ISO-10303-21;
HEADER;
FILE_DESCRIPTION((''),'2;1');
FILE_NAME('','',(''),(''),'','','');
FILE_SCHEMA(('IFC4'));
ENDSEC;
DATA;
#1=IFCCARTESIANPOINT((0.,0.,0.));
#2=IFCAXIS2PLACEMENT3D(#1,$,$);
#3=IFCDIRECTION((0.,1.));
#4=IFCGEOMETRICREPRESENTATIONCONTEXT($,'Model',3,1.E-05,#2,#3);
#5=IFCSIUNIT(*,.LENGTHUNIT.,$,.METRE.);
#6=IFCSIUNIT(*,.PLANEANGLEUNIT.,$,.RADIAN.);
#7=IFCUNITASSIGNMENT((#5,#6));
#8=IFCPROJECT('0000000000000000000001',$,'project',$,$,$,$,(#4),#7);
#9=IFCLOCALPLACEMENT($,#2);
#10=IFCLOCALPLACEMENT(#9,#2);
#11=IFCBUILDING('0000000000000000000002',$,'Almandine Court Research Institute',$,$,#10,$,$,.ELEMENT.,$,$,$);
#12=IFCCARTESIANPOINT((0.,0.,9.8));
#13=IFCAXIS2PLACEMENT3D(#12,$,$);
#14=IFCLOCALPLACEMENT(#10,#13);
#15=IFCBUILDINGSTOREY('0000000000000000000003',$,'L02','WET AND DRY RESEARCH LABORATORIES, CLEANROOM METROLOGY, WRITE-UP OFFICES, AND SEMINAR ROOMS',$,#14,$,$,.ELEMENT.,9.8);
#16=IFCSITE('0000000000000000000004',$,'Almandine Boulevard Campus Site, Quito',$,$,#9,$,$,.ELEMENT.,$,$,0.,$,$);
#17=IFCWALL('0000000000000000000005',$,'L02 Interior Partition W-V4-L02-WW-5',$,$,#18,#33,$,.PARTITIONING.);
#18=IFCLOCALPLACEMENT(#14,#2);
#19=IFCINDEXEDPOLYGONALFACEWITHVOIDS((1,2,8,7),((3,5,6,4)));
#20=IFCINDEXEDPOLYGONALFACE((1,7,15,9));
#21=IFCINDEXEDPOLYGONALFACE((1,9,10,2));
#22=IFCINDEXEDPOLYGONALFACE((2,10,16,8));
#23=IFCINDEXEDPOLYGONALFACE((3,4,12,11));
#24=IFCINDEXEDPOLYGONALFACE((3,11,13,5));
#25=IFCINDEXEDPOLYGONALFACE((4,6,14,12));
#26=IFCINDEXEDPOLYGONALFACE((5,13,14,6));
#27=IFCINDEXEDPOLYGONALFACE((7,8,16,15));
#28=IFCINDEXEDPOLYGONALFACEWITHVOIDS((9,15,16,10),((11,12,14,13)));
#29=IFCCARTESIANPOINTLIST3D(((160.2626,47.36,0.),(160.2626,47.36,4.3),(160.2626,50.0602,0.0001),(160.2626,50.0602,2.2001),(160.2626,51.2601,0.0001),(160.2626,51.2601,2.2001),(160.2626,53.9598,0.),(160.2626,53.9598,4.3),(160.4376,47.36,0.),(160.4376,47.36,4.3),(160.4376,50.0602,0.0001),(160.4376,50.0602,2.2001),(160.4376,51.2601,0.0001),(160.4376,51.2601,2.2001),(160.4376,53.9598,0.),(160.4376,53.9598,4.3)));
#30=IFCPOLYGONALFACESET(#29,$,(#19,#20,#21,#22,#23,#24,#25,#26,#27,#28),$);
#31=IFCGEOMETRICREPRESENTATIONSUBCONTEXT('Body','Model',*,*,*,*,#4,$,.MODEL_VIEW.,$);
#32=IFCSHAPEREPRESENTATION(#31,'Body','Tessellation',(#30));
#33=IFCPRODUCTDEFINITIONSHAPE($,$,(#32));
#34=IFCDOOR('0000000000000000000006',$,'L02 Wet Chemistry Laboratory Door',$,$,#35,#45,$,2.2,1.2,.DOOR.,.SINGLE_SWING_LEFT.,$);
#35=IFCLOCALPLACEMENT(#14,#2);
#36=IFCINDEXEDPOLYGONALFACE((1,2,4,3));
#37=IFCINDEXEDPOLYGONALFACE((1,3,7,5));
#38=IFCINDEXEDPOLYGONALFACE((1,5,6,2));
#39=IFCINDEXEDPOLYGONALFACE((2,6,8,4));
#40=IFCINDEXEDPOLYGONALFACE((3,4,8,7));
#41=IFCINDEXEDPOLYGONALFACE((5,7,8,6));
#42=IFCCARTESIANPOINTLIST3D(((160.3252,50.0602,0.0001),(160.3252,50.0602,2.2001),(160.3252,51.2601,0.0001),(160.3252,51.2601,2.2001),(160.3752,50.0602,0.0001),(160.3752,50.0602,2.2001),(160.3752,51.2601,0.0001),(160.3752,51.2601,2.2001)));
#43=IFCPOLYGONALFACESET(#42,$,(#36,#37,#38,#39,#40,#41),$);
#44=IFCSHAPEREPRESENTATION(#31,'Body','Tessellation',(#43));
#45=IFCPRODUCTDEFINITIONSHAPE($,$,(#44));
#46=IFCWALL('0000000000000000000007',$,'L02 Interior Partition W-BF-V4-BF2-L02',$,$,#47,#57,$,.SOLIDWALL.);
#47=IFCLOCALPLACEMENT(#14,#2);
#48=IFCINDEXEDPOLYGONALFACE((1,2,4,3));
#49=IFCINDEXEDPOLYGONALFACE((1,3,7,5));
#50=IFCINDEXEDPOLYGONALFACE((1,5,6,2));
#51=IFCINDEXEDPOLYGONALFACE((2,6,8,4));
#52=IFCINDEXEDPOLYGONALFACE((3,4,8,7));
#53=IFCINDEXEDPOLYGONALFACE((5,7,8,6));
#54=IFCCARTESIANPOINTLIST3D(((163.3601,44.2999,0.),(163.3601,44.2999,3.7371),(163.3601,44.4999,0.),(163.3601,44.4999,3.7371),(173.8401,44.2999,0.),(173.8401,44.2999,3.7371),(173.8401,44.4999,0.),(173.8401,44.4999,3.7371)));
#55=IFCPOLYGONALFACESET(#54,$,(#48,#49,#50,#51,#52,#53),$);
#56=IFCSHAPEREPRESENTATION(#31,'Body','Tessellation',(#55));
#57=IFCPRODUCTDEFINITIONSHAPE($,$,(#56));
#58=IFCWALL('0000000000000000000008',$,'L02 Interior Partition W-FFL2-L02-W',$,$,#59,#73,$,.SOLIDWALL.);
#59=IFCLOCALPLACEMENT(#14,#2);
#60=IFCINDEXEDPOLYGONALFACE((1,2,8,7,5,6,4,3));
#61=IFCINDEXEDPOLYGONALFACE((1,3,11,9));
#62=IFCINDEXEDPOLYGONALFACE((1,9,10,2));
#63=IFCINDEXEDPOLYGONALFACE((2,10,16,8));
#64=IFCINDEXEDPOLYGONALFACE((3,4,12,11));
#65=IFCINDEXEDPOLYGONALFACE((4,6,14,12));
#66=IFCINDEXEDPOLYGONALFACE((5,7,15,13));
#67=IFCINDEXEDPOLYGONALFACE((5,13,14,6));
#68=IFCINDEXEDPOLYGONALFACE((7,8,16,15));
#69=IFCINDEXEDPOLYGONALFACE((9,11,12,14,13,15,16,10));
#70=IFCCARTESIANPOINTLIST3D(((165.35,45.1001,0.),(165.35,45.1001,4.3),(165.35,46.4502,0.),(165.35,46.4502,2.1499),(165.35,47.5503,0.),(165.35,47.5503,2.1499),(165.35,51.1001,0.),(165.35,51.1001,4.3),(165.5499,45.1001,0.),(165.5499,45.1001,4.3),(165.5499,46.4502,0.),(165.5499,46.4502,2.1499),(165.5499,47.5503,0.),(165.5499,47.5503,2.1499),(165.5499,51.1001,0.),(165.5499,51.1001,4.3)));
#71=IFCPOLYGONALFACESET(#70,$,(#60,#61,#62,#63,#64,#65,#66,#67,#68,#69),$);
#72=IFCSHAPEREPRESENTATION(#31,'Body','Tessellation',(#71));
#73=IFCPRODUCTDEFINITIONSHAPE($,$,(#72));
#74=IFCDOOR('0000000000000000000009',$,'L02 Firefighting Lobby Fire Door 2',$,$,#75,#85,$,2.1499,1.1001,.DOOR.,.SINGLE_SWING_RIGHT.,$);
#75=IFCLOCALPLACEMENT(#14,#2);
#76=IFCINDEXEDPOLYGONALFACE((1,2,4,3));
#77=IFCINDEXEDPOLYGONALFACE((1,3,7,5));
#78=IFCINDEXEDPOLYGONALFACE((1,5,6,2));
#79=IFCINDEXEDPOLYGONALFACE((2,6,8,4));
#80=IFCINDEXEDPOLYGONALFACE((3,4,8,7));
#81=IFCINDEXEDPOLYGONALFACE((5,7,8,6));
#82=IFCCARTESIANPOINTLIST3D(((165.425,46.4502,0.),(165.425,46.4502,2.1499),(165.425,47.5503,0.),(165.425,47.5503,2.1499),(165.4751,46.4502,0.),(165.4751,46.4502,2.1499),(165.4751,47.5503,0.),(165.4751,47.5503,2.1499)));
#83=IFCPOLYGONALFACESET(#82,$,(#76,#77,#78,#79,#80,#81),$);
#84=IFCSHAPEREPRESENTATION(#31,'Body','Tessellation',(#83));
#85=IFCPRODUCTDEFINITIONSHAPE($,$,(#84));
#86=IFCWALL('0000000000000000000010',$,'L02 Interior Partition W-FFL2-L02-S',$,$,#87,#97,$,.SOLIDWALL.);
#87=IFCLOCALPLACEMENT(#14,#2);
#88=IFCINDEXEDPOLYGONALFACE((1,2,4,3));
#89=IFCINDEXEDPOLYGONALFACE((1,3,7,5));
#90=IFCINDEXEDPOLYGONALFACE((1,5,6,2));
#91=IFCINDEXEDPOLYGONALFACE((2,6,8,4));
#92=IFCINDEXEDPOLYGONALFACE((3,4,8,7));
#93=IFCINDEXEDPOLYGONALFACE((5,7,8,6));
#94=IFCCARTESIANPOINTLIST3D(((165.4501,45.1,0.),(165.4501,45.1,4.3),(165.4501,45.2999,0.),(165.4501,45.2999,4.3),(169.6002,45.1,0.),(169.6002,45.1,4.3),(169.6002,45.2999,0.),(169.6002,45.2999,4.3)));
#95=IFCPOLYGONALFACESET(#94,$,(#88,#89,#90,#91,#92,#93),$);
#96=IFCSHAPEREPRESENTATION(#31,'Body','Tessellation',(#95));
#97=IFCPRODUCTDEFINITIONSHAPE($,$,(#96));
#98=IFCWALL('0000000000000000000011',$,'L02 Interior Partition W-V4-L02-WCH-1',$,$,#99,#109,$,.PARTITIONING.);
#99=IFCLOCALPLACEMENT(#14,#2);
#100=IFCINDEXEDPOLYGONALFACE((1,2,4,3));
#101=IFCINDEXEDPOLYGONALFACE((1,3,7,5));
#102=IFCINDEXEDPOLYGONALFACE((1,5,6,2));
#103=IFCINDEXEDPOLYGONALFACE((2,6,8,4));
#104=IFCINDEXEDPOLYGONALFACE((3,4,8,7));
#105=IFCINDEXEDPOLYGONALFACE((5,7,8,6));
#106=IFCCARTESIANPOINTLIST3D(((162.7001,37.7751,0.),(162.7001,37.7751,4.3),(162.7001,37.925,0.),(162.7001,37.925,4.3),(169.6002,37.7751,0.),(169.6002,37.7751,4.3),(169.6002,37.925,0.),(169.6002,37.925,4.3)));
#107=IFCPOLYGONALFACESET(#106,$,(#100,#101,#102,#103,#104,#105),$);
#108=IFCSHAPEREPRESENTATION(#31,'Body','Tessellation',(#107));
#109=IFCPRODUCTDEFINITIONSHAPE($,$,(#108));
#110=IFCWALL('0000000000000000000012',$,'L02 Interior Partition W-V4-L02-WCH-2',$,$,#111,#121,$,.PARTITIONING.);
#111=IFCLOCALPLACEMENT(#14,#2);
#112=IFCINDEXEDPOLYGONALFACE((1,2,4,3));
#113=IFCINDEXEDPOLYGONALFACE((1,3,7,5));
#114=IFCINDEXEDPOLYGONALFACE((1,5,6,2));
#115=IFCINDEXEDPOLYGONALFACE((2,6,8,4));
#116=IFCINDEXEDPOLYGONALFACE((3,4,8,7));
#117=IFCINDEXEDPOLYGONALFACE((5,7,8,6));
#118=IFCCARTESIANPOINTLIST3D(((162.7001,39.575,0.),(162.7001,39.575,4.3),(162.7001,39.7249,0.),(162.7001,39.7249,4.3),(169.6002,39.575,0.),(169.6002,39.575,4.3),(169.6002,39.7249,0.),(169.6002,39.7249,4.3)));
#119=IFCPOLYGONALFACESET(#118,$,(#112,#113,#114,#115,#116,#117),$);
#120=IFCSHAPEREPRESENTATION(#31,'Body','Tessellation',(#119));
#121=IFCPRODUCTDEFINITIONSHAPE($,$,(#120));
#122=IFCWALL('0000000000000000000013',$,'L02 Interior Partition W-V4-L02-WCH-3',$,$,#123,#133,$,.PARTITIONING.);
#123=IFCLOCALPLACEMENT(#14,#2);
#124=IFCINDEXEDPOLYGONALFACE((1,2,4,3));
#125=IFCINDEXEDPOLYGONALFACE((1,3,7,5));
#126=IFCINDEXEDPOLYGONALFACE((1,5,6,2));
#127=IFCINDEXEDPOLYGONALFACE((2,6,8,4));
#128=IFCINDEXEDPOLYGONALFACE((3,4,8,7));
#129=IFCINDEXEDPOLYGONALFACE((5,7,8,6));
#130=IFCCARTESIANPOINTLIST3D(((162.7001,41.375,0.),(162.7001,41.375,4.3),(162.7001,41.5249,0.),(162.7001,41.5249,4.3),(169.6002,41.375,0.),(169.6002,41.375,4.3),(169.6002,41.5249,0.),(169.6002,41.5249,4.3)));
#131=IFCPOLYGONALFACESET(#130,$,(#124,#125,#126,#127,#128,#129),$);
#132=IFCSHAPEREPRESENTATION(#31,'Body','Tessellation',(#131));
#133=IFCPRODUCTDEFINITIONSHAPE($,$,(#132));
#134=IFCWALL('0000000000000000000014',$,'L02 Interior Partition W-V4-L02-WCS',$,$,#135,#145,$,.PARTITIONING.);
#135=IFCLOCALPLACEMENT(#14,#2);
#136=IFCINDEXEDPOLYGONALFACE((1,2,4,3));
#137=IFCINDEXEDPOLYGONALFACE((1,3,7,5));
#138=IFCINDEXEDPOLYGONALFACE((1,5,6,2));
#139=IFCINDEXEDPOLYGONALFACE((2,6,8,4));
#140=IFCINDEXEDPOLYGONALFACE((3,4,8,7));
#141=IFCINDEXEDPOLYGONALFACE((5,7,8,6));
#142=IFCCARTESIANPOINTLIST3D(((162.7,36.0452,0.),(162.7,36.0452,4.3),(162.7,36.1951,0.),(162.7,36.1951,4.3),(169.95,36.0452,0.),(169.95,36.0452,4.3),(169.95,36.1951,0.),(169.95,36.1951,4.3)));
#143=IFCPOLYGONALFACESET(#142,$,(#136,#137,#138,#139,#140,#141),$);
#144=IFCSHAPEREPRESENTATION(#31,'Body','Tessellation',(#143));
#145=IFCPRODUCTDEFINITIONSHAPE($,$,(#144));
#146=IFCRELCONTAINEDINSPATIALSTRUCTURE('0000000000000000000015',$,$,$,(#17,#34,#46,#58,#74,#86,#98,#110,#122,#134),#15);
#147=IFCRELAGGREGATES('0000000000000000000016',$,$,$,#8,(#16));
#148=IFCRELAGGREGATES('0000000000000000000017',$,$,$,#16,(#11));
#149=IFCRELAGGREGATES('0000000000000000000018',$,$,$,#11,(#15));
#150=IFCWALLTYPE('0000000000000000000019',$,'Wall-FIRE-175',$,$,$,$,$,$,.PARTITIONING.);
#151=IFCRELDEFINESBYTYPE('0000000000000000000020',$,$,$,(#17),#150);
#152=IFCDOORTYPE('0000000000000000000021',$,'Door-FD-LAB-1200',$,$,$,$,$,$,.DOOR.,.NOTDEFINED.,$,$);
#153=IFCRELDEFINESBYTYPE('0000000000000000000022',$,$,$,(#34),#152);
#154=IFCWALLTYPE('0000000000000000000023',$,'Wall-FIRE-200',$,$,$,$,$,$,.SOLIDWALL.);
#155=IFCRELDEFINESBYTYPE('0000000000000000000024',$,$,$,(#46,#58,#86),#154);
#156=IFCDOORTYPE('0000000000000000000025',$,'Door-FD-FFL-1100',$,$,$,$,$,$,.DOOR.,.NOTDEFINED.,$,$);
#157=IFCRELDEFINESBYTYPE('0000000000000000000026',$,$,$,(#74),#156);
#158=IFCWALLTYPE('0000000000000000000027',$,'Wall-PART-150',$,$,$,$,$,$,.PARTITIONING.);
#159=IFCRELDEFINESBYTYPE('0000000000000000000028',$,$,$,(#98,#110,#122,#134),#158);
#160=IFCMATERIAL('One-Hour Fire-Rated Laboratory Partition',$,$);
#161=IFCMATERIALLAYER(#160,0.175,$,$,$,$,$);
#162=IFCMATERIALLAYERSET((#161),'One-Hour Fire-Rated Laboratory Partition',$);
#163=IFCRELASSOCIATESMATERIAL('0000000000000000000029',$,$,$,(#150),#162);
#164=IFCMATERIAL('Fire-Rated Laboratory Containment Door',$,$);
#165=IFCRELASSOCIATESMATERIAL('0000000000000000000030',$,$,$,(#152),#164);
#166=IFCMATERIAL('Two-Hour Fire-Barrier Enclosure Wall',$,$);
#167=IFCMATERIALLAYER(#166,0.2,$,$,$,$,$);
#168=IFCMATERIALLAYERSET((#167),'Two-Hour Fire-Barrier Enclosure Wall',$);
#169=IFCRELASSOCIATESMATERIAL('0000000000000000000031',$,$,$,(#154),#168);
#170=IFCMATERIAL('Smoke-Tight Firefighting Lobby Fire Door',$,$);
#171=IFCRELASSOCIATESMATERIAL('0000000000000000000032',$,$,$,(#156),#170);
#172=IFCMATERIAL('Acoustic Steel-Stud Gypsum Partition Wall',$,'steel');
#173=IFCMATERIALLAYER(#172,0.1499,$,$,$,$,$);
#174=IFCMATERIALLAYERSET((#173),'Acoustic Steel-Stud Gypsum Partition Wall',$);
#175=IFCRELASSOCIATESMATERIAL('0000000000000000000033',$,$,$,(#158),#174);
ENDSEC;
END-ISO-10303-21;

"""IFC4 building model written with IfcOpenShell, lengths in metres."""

from ifc_helpers import new_model, si_unit, direction, frame, frame_2d, origin, place, context, subcontext, project, spatial, rectangle, extrude, material, layer, layer_set, type_object, element, fill, save


model = new_model("IFC4")

# Units and contexts
model_context = context("Model", 3, precision=1e-05, world=origin(), true_north=direction((0.0, 1.0)))
body_context = subcontext(model_context, "Body", "Model", "MODEL_VIEW")
ifc_project = project(units=[si_unit("LENGTHUNIT", "METRE"), si_unit("PLANEANGLEUNIT", "RADIAN")], contexts=[model_context])

# Site, building, storey
site_placement = place(None, origin())
site = spatial("IfcSite", under=ifc_project, at=site_placement, Name="Almandine Boulevard Campus Site, Quito", CompositionType="ELEMENT", RefElevation=0.0)
building_placement = place(site_placement, origin())
building = spatial("IfcBuilding", under=site, at=building_placement, Name="Almandine Court Research Institute", CompositionType="ELEMENT")
storey_placement = place(building_placement, frame((0.0, 0.0, 9.8)))
storey = spatial("IfcBuildingStorey", under=building, at=storey_placement, Name="L02", Description="WET AND DRY RESEARCH LABORATORIES, CLEANROOM METROLOGY, WRITE-UP OFFICES, AND SEMINAR ROOMS", CompositionType="ELEMENT", Elevation=9.8)

# Wall, opening, door
ifc_material_1 = material(Name="One-Hour Fire-Rated Laboratory Partition")
ifc_layer_1 = layer(ifc_material_1, 0.175)
ifc_layer_set_1 = layer_set([ifc_layer_1], Name="One-Hour Fire-Rated Laboratory Partition")
wall_type_1 = type_object("IfcWallType", Name="Wall-FIRE-175", PredefinedType="PARTITIONING", material=ifc_layer_set_1)
wall_1_placement = place(storey_placement, frame((160.3501, 47.3601, 0.0), z_axis=(0.0, 0.0, 1.0), x_axis=(0.0, 1.0, 0.0)))
wall_1 = element("IfcWall", 1, at=wall_1_placement, inside=storey, type_object=wall_type_1, Name="L02 Interior Partition W-V4-L02-WW-5", PredefinedType="PARTITIONING", context=body_context, shape_type="SweptSolid", body=[
    extrude(rectangle(XDim=6.5999, YDim=0.175, at=frame_2d((3.2998, 0.0))), origin(), (0.0, 0.0, 1.0), 4.3),
])
opening_1_placement = place(wall_1_placement, frame((2.7, 0.0, 0.0)))
opening_1 = element("IfcOpeningElement", 2, at=opening_1_placement, cuts=wall_1, PredefinedType="OPENING", context=body_context, shape_type="SweptSolid", body=[
    extrude(rectangle(XDim=1.2, YDim=2.2, at=frame_2d((0.6001, 1.1001))), frame((0.0, 0.0974, 0.0), z_axis=(0.0, -1.0, 0.0), x_axis=(1.0, 0.0, 0.0)), (0.0, 0.0, 1.0), 0.1951),
])
ifc_material_2 = material(Name="Fire-Rated Laboratory Containment Door")
door_type_1 = type_object("IfcDoorType", Name="Door-FD-LAB-1200", OperationType="NOTDEFINED", PredefinedType="DOOR", material=ifc_material_2)
door_1_placement = place(opening_1_placement, origin())
door_1 = element("IfcDoor", 3, at=door_1_placement, inside=storey, type_object=door_type_1, Name="L02 Wet Chemistry Laboratory Door", OperationType="SINGLE_SWING_LEFT", OverallHeight=2.2, OverallWidth=1.2, PredefinedType="DOOR", context=body_context, shape_type="SweptSolid", body=[
    extrude(rectangle(XDim=1.2, YDim=2.2, at=frame_2d((0.6001, 1.1001))), frame((0.0, 0.0249, 0.0), z_axis=(0.0, -1.0, 0.0), x_axis=(1.0, 0.0, 0.0)), (0.0, 0.0, 1.0), 0.05),
])
fill(opening_1, door_1)

# Wall
ifc_material_3 = material(Name="Two-Hour Fire-Barrier Enclosure Wall")
ifc_layer_2 = layer(ifc_material_3, 0.2)
ifc_layer_set_2 = layer_set([ifc_layer_2], Name="Two-Hour Fire-Barrier Enclosure Wall")
wall_type_2 = type_object("IfcWallType", Name="Wall-FIRE-200", PredefinedType="SOLIDWALL", material=ifc_layer_set_2)
wall_2_placement = place(storey_placement, frame((163.3601, 44.3999, 0.0), z_axis=(0.0, 0.0, 1.0), x_axis=(1.0, 0.0, 0.0)))
element("IfcWall", 4, at=wall_2_placement, inside=storey, type_object=wall_type_2, Name="L02 Interior Partition W-BF-V4-BF2-L02", PredefinedType="SOLIDWALL", context=body_context, shape_type="SweptSolid", body=[
    extrude(rectangle(XDim=10.48, YDim=0.2, at=frame_2d((5.24, 0.0))), origin(), (0.0, 0.0, 1.0), 3.7371),
])

# Wall, opening, door
wall_3_placement = place(storey_placement, frame((165.45, 45.1001, 0.0), z_axis=(0.0, 0.0, 1.0), x_axis=(0.0, 1.0, 0.0)))
wall_3 = element("IfcWall", 5, at=wall_3_placement, inside=storey, type_object=wall_type_2, Name="L02 Interior Partition W-FFL2-L02-W", PredefinedType="SOLIDWALL", context=body_context, shape_type="SweptSolid", body=[
    extrude(rectangle(XDim=6.0, YDim=0.2, at=frame_2d((3.0, 0.0))), origin(), (0.0, 0.0, 1.0), 4.3),
])
opening_2_placement = place(wall_3_placement, frame((1.3501, 0.0, 0.0)))
opening_2 = element("IfcOpeningElement", 6, at=opening_2_placement, cuts=wall_3, PredefinedType="OPENING", context=body_context, shape_type="SweptSolid", body=[
    extrude(rectangle(XDim=1.1001, YDim=2.1499, at=frame_2d((0.55, 1.075))), frame((0.0, 0.1099, 0.0), z_axis=(0.0, -1.0, 0.0), x_axis=(1.0, 0.0, 0.0)), (0.0, 0.0, 1.0), 0.22),
])
ifc_material_4 = material(Name="Smoke-Tight Firefighting Lobby Fire Door")
door_type_2 = type_object("IfcDoorType", Name="Door-FD-FFL-1100", OperationType="NOTDEFINED", PredefinedType="DOOR", material=ifc_material_4)
door_2_placement = place(opening_2_placement, origin())
door_2 = element("IfcDoor", 7, at=door_2_placement, inside=storey, type_object=door_type_2, Name="L02 Firefighting Lobby Fire Door 2", OperationType="SINGLE_SWING_RIGHT", OverallHeight=2.1499, OverallWidth=1.1001, PredefinedType="DOOR", context=body_context, shape_type="SweptSolid", body=[
    extrude(rectangle(XDim=1.1001, YDim=2.1499, at=frame_2d((0.55, 1.075))), frame((0.0, 0.0249, 0.0), z_axis=(0.0, -1.0, 0.0), x_axis=(1.0, 0.0, 0.0)), (0.0, 0.0, 1.0), 0.05),
])
fill(opening_2, door_2)

# Walls
wall_4_placement = place(storey_placement, frame((165.45, 45.2, 0.0), z_axis=(0.0, 0.0, 1.0), x_axis=(1.0, 0.0, 0.0)))
element("IfcWall", 8, at=wall_4_placement, inside=storey, type_object=wall_type_2, Name="L02 Interior Partition W-FFL2-L02-S", PredefinedType="SOLIDWALL", context=body_context, shape_type="SweptSolid", body=[
    extrude(rectangle(XDim=4.1501, YDim=0.2, at=frame_2d((2.0752, 0.0))), origin(), (0.0, 0.0, 1.0), 4.3),
])
ifc_material_5 = material(Name="Acoustic Steel-Stud Gypsum Partition Wall", Category="steel")
ifc_layer_3 = layer(ifc_material_5, 0.1499)
ifc_layer_set_3 = layer_set([ifc_layer_3], Name="Acoustic Steel-Stud Gypsum Partition Wall")
wall_type_3 = type_object("IfcWallType", Name="Wall-PART-150", PredefinedType="PARTITIONING", material=ifc_layer_set_3)
for number, where, z_axis, x_axis, name in (
    (9, (162.7, 37.8501, 0.0), (0.0, 0.0, 1.0), (1.0, 0.0, 0.0), "L02 Interior Partition W-V4-L02-WCH-1"),
    (10, (162.7, 39.6499, 0.0), (0.0, 0.0, 1.0), (1.0, 0.0, 0.0), "L02 Interior Partition W-V4-L02-WCH-2"),
    (11, (162.7, 41.45, 0.0), (0.0, 0.0, 1.0), (1.0, 0.0, 0.0), "L02 Interior Partition W-V4-L02-WCH-3"),
):
    element("IfcWall", number, at=place(storey_placement, frame(where, z_axis=z_axis, x_axis=x_axis)), inside=storey, type_object=wall_type_3, Name=name, PredefinedType="PARTITIONING", context=body_context, shape_type="SweptSolid", body=[
        extrude(rectangle(XDim=6.9001, YDim=0.1499, at=frame_2d((3.4502, 0.0))), origin(), (0.0, 0.0, 1.0), 4.3),
    ])
wall_5_placement = place(storey_placement, frame((162.7, 36.1201, 0.0), z_axis=(0.0, 0.0, 1.0), x_axis=(1.0, 0.0, 0.0)))
element("IfcWall", 12, at=wall_5_placement, inside=storey, type_object=wall_type_3, Name="L02 Interior Partition W-V4-L02-WCS", PredefinedType="PARTITIONING", context=body_context, shape_type="SweptSolid", body=[
    extrude(rectangle(XDim=7.25, YDim=0.1499, at=frame_2d((3.625, 0.0))), origin(), (0.0, 0.0, 1.0), 4.3),
])

save(model, "model.ifc")
